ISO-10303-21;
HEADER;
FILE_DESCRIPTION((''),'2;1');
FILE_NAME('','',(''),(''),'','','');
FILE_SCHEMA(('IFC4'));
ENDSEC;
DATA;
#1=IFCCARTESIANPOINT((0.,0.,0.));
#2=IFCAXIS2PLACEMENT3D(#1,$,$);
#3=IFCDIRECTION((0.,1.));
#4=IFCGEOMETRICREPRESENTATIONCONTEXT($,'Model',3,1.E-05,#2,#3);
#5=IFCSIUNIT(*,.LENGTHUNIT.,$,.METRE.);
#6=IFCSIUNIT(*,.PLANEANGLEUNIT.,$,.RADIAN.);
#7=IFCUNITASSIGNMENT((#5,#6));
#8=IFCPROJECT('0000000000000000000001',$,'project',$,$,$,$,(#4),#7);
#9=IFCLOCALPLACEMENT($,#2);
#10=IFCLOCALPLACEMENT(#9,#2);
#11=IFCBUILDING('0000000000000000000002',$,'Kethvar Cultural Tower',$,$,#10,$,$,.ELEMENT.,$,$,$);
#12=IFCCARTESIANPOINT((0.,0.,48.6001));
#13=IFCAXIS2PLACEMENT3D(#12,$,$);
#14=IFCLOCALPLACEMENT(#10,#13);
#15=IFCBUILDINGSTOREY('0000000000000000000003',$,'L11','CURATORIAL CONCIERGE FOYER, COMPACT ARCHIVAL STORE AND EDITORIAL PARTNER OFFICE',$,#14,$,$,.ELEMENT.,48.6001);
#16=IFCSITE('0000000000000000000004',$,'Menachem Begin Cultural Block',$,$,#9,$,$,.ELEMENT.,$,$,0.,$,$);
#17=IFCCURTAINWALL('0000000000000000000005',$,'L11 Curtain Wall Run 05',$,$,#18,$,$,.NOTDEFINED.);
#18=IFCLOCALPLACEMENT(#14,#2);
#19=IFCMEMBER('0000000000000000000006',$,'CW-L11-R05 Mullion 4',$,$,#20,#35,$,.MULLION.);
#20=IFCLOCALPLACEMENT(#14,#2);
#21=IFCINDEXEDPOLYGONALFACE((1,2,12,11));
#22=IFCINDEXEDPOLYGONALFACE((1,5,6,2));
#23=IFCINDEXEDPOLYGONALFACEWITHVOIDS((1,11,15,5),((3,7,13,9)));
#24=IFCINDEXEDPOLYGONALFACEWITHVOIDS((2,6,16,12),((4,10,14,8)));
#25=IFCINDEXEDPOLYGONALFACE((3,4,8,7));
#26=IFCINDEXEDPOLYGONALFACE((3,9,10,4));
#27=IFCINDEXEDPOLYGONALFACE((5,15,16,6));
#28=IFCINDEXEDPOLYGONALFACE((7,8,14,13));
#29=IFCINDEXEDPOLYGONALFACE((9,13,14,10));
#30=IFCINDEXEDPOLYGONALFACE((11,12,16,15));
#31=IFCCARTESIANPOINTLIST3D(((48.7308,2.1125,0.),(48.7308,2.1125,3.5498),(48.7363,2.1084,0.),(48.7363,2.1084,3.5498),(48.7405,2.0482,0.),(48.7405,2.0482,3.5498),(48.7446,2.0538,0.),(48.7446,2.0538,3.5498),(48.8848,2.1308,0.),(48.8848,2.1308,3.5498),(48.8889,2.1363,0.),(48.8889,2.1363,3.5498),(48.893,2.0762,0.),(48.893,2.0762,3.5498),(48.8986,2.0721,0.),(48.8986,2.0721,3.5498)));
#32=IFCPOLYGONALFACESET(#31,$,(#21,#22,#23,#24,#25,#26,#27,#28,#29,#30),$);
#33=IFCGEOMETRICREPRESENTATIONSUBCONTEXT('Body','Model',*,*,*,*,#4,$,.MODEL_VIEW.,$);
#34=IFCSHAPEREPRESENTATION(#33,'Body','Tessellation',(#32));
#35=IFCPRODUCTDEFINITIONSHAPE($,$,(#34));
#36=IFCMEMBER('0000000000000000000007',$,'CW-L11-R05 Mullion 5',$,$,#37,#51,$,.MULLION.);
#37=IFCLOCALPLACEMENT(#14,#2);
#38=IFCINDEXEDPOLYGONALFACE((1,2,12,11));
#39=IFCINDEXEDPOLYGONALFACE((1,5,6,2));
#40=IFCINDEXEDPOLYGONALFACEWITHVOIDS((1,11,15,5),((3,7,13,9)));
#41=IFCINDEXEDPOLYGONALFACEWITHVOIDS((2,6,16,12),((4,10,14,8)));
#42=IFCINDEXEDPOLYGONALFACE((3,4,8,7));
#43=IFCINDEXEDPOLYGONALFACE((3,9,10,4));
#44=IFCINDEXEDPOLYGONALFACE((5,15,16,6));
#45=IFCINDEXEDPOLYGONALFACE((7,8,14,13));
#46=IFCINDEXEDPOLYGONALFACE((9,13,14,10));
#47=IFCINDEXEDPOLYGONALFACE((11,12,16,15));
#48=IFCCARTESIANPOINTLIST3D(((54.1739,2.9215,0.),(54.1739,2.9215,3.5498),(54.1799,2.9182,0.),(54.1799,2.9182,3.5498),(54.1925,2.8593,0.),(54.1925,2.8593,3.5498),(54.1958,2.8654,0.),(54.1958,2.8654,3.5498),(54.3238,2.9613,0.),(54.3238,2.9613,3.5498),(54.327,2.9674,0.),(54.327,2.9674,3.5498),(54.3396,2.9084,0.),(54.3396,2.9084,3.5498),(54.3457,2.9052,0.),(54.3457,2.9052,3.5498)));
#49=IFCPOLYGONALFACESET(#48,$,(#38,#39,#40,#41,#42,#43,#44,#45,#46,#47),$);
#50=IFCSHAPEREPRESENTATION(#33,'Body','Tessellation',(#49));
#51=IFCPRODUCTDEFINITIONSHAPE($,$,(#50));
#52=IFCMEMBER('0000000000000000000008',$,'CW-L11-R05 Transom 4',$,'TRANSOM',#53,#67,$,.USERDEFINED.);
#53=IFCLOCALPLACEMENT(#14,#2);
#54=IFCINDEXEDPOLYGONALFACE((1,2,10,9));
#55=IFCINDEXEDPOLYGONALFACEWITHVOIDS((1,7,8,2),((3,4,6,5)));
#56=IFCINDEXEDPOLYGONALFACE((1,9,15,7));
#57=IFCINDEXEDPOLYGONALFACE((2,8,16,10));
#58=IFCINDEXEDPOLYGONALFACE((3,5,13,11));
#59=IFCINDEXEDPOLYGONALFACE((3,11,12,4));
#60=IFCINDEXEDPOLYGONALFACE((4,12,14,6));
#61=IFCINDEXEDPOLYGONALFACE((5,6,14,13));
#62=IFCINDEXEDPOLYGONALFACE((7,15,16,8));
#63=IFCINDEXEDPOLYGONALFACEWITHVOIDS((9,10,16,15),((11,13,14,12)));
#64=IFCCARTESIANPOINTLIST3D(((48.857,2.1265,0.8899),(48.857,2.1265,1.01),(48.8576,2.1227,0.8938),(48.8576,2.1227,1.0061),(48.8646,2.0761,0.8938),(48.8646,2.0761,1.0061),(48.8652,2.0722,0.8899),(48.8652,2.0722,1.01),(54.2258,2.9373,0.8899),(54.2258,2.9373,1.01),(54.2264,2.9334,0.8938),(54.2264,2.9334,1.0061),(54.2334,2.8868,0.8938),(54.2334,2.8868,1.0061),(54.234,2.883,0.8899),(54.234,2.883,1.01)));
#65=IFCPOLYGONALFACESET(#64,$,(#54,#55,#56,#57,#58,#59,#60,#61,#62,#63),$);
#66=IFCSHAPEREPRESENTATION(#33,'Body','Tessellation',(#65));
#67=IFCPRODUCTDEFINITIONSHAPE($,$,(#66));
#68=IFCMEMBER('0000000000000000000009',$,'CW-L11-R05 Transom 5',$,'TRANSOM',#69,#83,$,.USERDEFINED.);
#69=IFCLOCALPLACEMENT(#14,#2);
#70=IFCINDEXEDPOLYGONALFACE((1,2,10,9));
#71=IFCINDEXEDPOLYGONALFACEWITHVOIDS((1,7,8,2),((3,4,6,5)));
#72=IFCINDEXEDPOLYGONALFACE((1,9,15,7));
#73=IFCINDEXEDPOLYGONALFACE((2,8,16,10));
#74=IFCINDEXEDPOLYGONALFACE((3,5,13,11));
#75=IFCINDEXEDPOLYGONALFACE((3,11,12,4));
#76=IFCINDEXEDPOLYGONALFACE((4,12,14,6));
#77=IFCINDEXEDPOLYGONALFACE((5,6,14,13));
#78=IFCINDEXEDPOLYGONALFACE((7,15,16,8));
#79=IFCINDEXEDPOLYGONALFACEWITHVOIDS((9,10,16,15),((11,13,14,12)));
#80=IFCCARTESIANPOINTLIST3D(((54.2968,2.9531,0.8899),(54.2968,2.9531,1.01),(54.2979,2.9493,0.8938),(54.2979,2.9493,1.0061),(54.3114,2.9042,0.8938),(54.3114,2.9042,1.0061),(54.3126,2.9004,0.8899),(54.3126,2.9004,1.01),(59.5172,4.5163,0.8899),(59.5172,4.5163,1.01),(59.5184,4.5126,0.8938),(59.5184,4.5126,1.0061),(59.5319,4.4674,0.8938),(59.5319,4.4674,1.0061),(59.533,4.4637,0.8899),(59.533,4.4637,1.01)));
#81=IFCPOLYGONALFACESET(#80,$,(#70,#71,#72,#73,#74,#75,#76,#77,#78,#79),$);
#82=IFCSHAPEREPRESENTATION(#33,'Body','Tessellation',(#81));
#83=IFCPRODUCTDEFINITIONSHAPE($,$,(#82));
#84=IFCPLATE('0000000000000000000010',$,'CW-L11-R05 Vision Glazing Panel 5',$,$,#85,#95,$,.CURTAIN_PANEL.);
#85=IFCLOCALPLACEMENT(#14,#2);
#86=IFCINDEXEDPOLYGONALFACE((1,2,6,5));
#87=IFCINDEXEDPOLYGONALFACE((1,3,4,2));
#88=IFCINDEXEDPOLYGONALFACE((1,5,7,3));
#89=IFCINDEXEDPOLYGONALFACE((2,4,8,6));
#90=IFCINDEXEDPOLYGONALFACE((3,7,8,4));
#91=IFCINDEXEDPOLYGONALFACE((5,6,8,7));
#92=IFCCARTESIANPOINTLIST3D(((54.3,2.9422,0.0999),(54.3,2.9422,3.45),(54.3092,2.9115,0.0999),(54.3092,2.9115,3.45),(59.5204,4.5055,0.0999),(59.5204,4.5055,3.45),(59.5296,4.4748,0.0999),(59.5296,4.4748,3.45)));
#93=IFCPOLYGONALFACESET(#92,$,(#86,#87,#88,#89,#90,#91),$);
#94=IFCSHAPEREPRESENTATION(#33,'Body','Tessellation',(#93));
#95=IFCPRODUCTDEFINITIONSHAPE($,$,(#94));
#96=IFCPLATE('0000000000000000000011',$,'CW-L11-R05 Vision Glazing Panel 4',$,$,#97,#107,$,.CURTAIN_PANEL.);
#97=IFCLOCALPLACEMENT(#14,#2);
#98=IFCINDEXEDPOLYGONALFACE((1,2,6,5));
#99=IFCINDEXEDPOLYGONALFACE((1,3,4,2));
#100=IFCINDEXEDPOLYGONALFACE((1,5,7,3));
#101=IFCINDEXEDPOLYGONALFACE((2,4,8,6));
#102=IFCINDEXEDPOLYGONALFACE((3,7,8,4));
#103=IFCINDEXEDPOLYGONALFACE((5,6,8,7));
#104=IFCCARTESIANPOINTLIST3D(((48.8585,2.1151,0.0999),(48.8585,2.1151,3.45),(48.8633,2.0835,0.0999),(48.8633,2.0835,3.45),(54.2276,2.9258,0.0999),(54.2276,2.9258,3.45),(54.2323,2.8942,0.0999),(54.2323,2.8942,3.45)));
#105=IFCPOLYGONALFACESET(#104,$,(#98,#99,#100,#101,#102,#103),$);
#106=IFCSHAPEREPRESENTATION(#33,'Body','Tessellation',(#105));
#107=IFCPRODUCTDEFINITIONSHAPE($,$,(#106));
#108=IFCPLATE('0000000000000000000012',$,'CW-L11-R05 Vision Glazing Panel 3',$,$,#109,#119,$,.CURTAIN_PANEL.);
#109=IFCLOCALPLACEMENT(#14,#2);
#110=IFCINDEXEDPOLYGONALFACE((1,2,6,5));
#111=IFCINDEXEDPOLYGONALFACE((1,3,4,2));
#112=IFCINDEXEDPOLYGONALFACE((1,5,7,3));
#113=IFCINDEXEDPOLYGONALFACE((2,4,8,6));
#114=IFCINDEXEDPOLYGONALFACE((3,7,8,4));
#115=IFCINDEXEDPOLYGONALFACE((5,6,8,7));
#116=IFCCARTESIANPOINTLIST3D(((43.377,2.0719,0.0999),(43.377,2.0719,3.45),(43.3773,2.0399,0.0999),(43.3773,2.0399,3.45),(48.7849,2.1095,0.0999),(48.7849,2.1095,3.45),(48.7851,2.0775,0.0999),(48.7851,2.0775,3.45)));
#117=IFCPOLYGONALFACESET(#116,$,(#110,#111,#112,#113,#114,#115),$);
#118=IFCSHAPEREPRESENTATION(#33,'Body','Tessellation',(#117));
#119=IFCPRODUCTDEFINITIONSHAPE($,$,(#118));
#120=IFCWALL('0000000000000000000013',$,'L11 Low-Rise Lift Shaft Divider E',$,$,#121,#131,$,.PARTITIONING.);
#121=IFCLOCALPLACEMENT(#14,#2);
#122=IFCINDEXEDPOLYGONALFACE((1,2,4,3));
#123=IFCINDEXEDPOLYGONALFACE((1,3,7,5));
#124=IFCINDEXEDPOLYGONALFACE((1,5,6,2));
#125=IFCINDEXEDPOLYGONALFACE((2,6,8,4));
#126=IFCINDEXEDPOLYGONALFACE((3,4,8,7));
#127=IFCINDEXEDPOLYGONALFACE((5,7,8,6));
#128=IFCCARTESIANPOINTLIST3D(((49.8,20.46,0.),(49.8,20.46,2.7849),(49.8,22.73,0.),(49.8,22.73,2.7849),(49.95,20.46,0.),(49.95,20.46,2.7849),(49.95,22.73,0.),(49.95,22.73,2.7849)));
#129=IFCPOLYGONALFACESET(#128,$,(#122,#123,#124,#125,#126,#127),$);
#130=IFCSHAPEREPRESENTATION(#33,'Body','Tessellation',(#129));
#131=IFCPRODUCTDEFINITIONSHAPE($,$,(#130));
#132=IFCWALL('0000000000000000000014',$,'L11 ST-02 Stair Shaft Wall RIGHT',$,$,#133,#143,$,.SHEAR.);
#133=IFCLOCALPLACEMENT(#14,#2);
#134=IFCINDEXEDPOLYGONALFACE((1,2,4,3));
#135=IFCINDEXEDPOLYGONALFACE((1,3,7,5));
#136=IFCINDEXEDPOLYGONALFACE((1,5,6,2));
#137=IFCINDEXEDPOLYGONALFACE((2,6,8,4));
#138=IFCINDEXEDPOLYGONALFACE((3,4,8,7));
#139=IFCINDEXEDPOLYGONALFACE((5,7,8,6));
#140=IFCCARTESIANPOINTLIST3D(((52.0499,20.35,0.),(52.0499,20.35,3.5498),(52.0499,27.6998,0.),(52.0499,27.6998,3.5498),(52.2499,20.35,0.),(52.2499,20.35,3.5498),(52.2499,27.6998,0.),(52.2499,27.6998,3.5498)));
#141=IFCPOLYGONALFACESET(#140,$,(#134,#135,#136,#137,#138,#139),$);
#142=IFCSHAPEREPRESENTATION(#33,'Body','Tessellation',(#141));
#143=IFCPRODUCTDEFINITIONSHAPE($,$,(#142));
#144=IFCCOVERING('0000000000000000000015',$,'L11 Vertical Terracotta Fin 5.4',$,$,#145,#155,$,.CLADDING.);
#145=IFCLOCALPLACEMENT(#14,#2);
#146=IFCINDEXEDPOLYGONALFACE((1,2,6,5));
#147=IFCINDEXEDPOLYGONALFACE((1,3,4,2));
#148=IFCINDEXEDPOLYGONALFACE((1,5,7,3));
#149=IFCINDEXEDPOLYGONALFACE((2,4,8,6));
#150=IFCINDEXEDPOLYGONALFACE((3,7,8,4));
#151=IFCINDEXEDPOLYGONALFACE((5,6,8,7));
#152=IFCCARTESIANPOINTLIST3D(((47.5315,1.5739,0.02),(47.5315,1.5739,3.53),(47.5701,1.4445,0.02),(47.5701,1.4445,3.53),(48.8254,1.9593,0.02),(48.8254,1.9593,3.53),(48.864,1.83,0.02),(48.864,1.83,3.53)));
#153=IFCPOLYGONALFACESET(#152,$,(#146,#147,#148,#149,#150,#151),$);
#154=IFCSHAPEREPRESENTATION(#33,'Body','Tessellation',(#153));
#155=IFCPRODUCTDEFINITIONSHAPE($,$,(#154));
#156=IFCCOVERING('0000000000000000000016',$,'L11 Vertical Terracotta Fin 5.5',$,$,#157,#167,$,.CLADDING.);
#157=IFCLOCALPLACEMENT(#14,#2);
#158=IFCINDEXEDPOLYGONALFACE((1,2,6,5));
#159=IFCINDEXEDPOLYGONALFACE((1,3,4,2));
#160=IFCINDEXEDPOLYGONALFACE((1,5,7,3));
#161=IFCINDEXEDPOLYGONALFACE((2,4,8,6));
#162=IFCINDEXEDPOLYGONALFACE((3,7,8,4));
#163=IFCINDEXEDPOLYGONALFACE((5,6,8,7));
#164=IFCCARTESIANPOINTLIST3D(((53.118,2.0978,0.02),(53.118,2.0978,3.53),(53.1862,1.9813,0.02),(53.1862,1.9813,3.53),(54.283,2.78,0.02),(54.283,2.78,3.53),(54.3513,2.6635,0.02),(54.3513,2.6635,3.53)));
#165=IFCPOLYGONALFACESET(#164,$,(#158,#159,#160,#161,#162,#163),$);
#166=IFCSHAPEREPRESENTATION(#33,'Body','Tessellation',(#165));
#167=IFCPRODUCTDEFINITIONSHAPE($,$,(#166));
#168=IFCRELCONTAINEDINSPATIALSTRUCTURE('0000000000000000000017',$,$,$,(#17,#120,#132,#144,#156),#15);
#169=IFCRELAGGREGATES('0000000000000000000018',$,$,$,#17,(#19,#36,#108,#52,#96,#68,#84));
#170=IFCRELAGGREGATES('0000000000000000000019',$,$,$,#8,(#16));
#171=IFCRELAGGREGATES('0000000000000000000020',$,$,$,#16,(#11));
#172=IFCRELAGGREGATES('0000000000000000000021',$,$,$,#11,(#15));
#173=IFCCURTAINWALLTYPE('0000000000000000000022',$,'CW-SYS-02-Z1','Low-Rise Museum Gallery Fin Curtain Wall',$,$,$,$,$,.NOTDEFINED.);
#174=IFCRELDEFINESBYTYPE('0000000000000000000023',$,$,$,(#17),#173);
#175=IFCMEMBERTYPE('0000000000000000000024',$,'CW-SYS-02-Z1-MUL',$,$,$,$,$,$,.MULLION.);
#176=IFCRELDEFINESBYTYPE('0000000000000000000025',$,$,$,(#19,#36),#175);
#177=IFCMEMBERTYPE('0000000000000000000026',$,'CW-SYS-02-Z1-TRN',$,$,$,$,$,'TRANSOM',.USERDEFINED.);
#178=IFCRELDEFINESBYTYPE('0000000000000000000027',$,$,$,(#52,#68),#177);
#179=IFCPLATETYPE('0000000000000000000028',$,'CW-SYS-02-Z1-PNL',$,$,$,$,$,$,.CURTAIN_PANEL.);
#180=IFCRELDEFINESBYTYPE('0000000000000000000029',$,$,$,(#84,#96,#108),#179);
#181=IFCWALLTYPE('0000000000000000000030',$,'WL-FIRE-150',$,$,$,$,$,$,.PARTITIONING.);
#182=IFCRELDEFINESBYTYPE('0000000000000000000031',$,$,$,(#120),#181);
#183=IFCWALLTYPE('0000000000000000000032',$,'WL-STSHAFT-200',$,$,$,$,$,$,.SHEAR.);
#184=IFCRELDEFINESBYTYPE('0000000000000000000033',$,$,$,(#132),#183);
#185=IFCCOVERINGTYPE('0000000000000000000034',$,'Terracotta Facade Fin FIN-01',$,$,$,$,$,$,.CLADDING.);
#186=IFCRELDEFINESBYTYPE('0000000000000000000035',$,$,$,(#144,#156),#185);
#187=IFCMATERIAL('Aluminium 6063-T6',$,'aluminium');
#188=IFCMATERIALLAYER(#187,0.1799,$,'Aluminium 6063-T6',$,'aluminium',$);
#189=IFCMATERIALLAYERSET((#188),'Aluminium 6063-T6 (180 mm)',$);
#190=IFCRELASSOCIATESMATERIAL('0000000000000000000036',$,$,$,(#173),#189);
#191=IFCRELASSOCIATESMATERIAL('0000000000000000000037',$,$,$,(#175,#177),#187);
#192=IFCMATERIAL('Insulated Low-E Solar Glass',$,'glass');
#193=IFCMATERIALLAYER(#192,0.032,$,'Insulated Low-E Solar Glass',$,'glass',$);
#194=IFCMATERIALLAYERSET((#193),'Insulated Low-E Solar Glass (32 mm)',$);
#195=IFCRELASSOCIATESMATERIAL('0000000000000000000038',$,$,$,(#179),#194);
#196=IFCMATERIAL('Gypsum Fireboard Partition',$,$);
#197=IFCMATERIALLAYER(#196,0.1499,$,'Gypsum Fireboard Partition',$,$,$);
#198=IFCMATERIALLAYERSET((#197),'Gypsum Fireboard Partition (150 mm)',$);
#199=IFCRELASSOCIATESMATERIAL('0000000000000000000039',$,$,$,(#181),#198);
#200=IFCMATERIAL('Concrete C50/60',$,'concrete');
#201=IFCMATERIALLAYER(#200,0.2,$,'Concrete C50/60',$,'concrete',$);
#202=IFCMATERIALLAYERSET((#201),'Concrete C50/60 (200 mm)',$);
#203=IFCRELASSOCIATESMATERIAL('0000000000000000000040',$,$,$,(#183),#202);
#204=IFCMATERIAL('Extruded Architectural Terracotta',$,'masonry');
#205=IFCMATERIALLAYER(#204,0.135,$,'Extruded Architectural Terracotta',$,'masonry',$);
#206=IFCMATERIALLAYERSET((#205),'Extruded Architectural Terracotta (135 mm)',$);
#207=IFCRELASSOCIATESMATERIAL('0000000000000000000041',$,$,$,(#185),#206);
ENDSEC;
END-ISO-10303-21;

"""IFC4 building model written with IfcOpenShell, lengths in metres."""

from ifc_helpers import new_model, si_unit, direction, frame, frame_2d, origin, origin_2d, place, context, subcontext, project, spatial, rectangle, hollow_rectangle, extrude, source, transform, mapped, material, layer, layer_set, material_profile, profile_set, type_object, element, aggregate, save


model = new_model("IFC4")

# Units and contexts
model_context = context("Model", 3, precision=1e-05, world=origin(), true_north=direction((0.0, 1.0)))
body_context = subcontext(model_context, "Body", "Model", "MODEL_VIEW")
ifc_project = project(units=[si_unit("LENGTHUNIT", "METRE"), si_unit("PLANEANGLEUNIT", "RADIAN")], contexts=[model_context])

# Site, building, storey
site_placement = place(None, origin())
site = spatial("IfcSite", under=ifc_project, at=site_placement, Name="Menachem Begin Cultural Block", CompositionType="ELEMENT", RefElevation=0.0)
building_placement = place(site_placement, origin())
building = spatial("IfcBuilding", under=site, at=building_placement, Name="Kethvar Cultural Tower", CompositionType="ELEMENT")
storey_placement = place(building_placement, frame((0.0, 0.0, 48.6001)))
storey = spatial("IfcBuildingStorey", under=building, at=storey_placement, Name="L11", Description="CURATORIAL CONCIERGE FOYER, COMPACT ARCHIVAL STORE AND EDITORIAL PARTNER OFFICE", CompositionType="ELEMENT", Elevation=48.6001)

# Curtain wall, members, plates
ifc_material_1 = material(Name="Aluminium 6063-T6", Category="aluminium")
ifc_layer_1 = layer(ifc_material_1, 0.1799, Name="Aluminium 6063-T6", Category="aluminium")
ifc_layer_set_1 = layer_set([ifc_layer_1], Name="Aluminium 6063-T6 (180 mm)")
curtain_wall_type = type_object("IfcCurtainWallType", Name="CW-SYS-02-Z1", Description="Low-Rise Museum Gallery Fin Curtain Wall", PredefinedType="NOTDEFINED", material=ifc_layer_set_1)
curtain_wall_placement = place(storey_placement, origin())
curtain_wall = element("IfcCurtainWall", 1, at=curtain_wall_placement, inside=storey, type_object=curtain_wall_type, Name="L11 Curtain Wall Run 05", PredefinedType="NOTDEFINED")
ifc_material_profile_1 = material_profile(ifc_material_1, hollow_rectangle(XDim=0.0649, YDim=0.1599, WallThickness=0.0049, at=origin_2d()), Name="Aluminium 6063-T6 — RHS160x65x5")
ifc_profile_set_1 = profile_set([ifc_material_profile_1], Name="Aluminium 6063-T6 — RHS160x65x5")
member_type_1 = type_object("IfcMemberType", Name="CW-SYS-02-Z1-MUL", PredefinedType="MULLION", material=ifc_profile_set_1)
shared_shape_1 = source(origin(), body_context, "Body", "SweptSolid", [
    extrude(hollow_rectangle(XDim=0.0649, YDim=0.1599, WallThickness=0.0049, at=origin_2d()), origin(), (0.0, 0.0, 1.0), 3.5498),
])
member_1_placement = place(storey_placement, frame((48.8147, 2.0923, 0.0), z_axis=(0.0, 0.0, 1.0), x_axis=(-0.149311, 0.98879, 0.0)))
member_1 = element("IfcMember", 2, at=member_1_placement, type_object=member_type_1, Name="CW-L11-R05 Mullion 4", PredefinedType="MULLION", context=body_context, shape_type="MappedRepresentation", body=[
    mapped(shared_shape_1, transform((0.0, 0.0, 0.0), scale=1.0)),
])
member_2_placement = place(storey_placement, frame((54.2598, 2.9133, 0.0), z_axis=(0.0, 0.0, 1.0), x_axis=(-0.286876, 0.957968, 0.0)))
member_2 = element("IfcMember", 3, at=member_2_placement, type_object=member_type_1, Name="CW-L11-R05 Mullion 5", PredefinedType="MULLION", context=body_context, shape_type="MappedRepresentation", body=[
    mapped(shared_shape_1, transform((0.0, 0.0, 0.0), scale=1.0)),
])
ifc_material_profile_2 = material_profile(ifc_material_1, hollow_rectangle(XDim=0.0549, YDim=0.1201, WallThickness=0.0039, at=origin_2d()), Name="Aluminium 6063-T6 — RHS120x55x4")
ifc_profile_set_2 = profile_set([ifc_material_profile_2], Name="Aluminium 6063-T6 — RHS120x55x4")
member_type_2 = type_object("IfcMemberType", Name="CW-SYS-02-Z1-TRN", ElementType="TRANSOM", PredefinedType="USERDEFINED", material=ifc_profile_set_2)
shared_shape_2 = source(origin(), body_context, "Body", "SweptSolid", [
    extrude(hollow_rectangle(XDim=0.0549, YDim=0.1201, WallThickness=0.0039, at=origin_2d()), origin(), (0.0, 0.0, 1.0), 5.4297),
])
member_3_placement = place(storey_placement, frame((48.8611, 2.0994, 0.95), z_axis=(0.988788, 0.149323, 0.0), x_axis=(-0.149323, 0.988788, 0.0)))
member_3 = element("IfcMember", 4, at=member_3_placement, type_object=member_type_2, Name="CW-L11-R05 Transom 4", ObjectType="TRANSOM", PredefinedType="USERDEFINED", context=body_context, shape_type="MappedRepresentation", body=[
    mapped(shared_shape_2, transform((0.0, 0.0, 0.0), scale=1.0)),
])
shared_shape_3 = source(origin(), body_context, "Body", "SweptSolid", [
    extrude(hollow_rectangle(XDim=0.0549, YDim=0.1201, WallThickness=0.0039, at=origin_2d()), origin(), (0.0, 0.0, 1.0), 5.4495),
])
member_4_placement = place(storey_placement, frame((54.3047, 2.9268, 0.95), z_axis=(0.957973, 0.286859, 0.0), x_axis=(-0.286859, 0.957973, 0.0)))
member_4 = element("IfcMember", 5, at=member_4_placement, type_object=member_type_2, Name="CW-L11-R05 Transom 5", ObjectType="TRANSOM", PredefinedType="USERDEFINED", context=body_context, shape_type="MappedRepresentation", body=[
    mapped(shared_shape_3, transform((0.0, 0.0, 0.0), scale=1.0)),
])
ifc_material_2 = material(Name="Insulated Low-E Solar Glass", Category="glass")
ifc_layer_2 = layer(ifc_material_2, 0.032, Name="Insulated Low-E Solar Glass", Category="glass")
ifc_layer_set_2 = layer_set([ifc_layer_2], Name="Insulated Low-E Solar Glass (32 mm)")
plate_type = type_object("IfcPlateType", Name="CW-SYS-02-Z1-PNL", PredefinedType="CURTAIN_PANEL", material=ifc_layer_set_2)
shared_shape_4 = source(origin(), body_context, "Body", "SweptSolid", [
    extrude(rectangle(XDim=5.4495, YDim=0.032, at=origin_2d()), origin(), (0.0, 0.0, 1.0), 3.3501),
])
plate_1_placement = place(storey_placement, frame((56.9148, 3.7085, 0.0999), z_axis=(0.0, 0.0, 1.0), x_axis=(0.957968, 0.286876, 0.0)))
plate_1 = element("IfcPlate", 6, at=plate_1_placement, type_object=plate_type, Name="CW-L11-R05 Vision Glazing Panel 5", PredefinedType="CURTAIN_PANEL", context=body_context, shape_type="MappedRepresentation", body=[
    mapped(shared_shape_4, transform((0.0, 0.0, 0.0), scale=1.0)),
])
shared_shape_5 = source(origin(), body_context, "Body", "SweptSolid", [
    extrude(rectangle(XDim=5.4299, YDim=0.032, at=origin_2d()), origin(), (0.0, 0.0, 1.0), 3.3501),
])
plate_2_placement = place(storey_placement, frame((51.5454, 2.5046, 0.0999), z_axis=(0.0, 0.0, 1.0), x_axis=(0.98879, 0.149311, 0.0)))
plate_2 = element("IfcPlate", 7, at=plate_2_placement, type_object=plate_type, Name="CW-L11-R05 Vision Glazing Panel 4", PredefinedType="CURTAIN_PANEL", context=body_context, shape_type="MappedRepresentation", body=[
    mapped(shared_shape_5, transform((0.0, 0.0, 0.0), scale=1.0)),
])
shared_shape_6 = source(origin(), body_context, "Body", "SweptSolid", [
    extrude(rectangle(XDim=5.408, YDim=0.032, at=origin_2d()), origin(), (0.0, 0.0, 1.0), 3.3501),
])
plate_3_placement = place(storey_placement, frame((46.0811, 2.0747, 0.0999), z_axis=(0.0, 0.0, 1.0), x_axis=(0.999976, 0.006946, 0.0)))
plate_3 = element("IfcPlate", 8, at=plate_3_placement, type_object=plate_type, Name="CW-L11-R05 Vision Glazing Panel 3", PredefinedType="CURTAIN_PANEL", context=body_context, shape_type="MappedRepresentation", body=[
    mapped(shared_shape_6, transform((0.0, 0.0, 0.0), scale=1.0)),
])
aggregate(curtain_wall, [member_1, member_2, plate_3, member_3, plate_2, member_4, plate_1])

# Walls
ifc_material_3 = material(Name="Gypsum Fireboard Partition")
ifc_layer_3 = layer(ifc_material_3, 0.1499, Name="Gypsum Fireboard Partition")
ifc_layer_set_3 = layer_set([ifc_layer_3], Name="Gypsum Fireboard Partition (150 mm)")
wall_type_1 = type_object("IfcWallType", Name="WL-FIRE-150", PredefinedType="PARTITIONING", material=ifc_layer_set_3)
wall_1_placement = place(storey_placement, frame((49.875, 20.46, 0.0), z_axis=(0.0, 0.0, 1.0), x_axis=(0.0, 1.0, 0.0)))
element("IfcWall", 9, at=wall_1_placement, inside=storey, type_object=wall_type_1, Name="L11 Low-Rise Lift Shaft Divider E", PredefinedType="PARTITIONING", context=body_context, shape_type="SweptSolid", body=[
    extrude(rectangle(XDim=2.27, YDim=0.1499, at=frame_2d((1.135, 0.0))), origin(), (0.0, 0.0, 1.0), 2.7849),
])
ifc_material_4 = material(Name="Concrete C50/60", Category="concrete")
ifc_layer_4 = layer(ifc_material_4, 0.2, Name="Concrete C50/60", Category="concrete")
ifc_layer_set_4 = layer_set([ifc_layer_4], Name="Concrete C50/60 (200 mm)")
wall_type_2 = type_object("IfcWallType", Name="WL-STSHAFT-200", PredefinedType="SHEAR", material=ifc_layer_set_4)
wall_2_placement = place(storey_placement, frame((52.1499, 20.3501, 0.0), z_axis=(0.0, 0.0, 1.0), x_axis=(0.0, 1.0, 0.0)))
element("IfcWall", 10, at=wall_2_placement, inside=storey, type_object=wall_type_2, Name="L11 ST-02 Stair Shaft Wall RIGHT", PredefinedType="SHEAR", context=body_context, shape_type="SweptSolid", body=[
    extrude(rectangle(XDim=7.3499, YDim=0.2, at=frame_2d((3.6748, 0.0))), origin(), (0.0, 0.0, 1.0), 3.5498),
])

# Coverings
ifc_material_5 = material(Name="Extruded Architectural Terracotta", Category="masonry")
ifc_layer_5 = layer(ifc_material_5, 0.135, Name="Extruded Architectural Terracotta", Category="masonry")
ifc_layer_set_5 = layer_set([ifc_layer_5], Name="Extruded Architectural Terracotta (135 mm)")
covering_type = type_object("IfcCoveringType", Name="Terracotta Facade Fin FIN-01", PredefinedType="CLADDING", material=ifc_layer_set_5)
shared_shape_7 = source(origin(), body_context, "Body", "SweptSolid", [
    extrude(rectangle(XDim=1.3501, YDim=0.135, at=origin_2d()), origin(), (0.0, 0.0, 1.0), 3.51),
])
for number, where, z_axis, x_axis, name in (
    (11, (48.1978, 1.7019, 0.02), (0.0, 0.0, 1.0), (-0.958372, -0.285521, 0.0), "L11 Vertical Terracotta Fin 5.4"),
    (12, (53.7346, 2.3806, 0.02), (0.0, 0.0, 1.0), (-0.862955, -0.505281, 0.0), "L11 Vertical Terracotta Fin 5.5"),
):
    element("IfcCovering", number, at=place(storey_placement, frame(where, z_axis=z_axis, x_axis=x_axis)), inside=storey, type_object=covering_type, Name=name, PredefinedType="CLADDING", context=body_context, shape_type="MappedRepresentation", body=[
        mapped(shared_shape_7, transform((0.0, 0.0, 0.0), scale=1.0)),
    ])

save(model, "model.ifc")
